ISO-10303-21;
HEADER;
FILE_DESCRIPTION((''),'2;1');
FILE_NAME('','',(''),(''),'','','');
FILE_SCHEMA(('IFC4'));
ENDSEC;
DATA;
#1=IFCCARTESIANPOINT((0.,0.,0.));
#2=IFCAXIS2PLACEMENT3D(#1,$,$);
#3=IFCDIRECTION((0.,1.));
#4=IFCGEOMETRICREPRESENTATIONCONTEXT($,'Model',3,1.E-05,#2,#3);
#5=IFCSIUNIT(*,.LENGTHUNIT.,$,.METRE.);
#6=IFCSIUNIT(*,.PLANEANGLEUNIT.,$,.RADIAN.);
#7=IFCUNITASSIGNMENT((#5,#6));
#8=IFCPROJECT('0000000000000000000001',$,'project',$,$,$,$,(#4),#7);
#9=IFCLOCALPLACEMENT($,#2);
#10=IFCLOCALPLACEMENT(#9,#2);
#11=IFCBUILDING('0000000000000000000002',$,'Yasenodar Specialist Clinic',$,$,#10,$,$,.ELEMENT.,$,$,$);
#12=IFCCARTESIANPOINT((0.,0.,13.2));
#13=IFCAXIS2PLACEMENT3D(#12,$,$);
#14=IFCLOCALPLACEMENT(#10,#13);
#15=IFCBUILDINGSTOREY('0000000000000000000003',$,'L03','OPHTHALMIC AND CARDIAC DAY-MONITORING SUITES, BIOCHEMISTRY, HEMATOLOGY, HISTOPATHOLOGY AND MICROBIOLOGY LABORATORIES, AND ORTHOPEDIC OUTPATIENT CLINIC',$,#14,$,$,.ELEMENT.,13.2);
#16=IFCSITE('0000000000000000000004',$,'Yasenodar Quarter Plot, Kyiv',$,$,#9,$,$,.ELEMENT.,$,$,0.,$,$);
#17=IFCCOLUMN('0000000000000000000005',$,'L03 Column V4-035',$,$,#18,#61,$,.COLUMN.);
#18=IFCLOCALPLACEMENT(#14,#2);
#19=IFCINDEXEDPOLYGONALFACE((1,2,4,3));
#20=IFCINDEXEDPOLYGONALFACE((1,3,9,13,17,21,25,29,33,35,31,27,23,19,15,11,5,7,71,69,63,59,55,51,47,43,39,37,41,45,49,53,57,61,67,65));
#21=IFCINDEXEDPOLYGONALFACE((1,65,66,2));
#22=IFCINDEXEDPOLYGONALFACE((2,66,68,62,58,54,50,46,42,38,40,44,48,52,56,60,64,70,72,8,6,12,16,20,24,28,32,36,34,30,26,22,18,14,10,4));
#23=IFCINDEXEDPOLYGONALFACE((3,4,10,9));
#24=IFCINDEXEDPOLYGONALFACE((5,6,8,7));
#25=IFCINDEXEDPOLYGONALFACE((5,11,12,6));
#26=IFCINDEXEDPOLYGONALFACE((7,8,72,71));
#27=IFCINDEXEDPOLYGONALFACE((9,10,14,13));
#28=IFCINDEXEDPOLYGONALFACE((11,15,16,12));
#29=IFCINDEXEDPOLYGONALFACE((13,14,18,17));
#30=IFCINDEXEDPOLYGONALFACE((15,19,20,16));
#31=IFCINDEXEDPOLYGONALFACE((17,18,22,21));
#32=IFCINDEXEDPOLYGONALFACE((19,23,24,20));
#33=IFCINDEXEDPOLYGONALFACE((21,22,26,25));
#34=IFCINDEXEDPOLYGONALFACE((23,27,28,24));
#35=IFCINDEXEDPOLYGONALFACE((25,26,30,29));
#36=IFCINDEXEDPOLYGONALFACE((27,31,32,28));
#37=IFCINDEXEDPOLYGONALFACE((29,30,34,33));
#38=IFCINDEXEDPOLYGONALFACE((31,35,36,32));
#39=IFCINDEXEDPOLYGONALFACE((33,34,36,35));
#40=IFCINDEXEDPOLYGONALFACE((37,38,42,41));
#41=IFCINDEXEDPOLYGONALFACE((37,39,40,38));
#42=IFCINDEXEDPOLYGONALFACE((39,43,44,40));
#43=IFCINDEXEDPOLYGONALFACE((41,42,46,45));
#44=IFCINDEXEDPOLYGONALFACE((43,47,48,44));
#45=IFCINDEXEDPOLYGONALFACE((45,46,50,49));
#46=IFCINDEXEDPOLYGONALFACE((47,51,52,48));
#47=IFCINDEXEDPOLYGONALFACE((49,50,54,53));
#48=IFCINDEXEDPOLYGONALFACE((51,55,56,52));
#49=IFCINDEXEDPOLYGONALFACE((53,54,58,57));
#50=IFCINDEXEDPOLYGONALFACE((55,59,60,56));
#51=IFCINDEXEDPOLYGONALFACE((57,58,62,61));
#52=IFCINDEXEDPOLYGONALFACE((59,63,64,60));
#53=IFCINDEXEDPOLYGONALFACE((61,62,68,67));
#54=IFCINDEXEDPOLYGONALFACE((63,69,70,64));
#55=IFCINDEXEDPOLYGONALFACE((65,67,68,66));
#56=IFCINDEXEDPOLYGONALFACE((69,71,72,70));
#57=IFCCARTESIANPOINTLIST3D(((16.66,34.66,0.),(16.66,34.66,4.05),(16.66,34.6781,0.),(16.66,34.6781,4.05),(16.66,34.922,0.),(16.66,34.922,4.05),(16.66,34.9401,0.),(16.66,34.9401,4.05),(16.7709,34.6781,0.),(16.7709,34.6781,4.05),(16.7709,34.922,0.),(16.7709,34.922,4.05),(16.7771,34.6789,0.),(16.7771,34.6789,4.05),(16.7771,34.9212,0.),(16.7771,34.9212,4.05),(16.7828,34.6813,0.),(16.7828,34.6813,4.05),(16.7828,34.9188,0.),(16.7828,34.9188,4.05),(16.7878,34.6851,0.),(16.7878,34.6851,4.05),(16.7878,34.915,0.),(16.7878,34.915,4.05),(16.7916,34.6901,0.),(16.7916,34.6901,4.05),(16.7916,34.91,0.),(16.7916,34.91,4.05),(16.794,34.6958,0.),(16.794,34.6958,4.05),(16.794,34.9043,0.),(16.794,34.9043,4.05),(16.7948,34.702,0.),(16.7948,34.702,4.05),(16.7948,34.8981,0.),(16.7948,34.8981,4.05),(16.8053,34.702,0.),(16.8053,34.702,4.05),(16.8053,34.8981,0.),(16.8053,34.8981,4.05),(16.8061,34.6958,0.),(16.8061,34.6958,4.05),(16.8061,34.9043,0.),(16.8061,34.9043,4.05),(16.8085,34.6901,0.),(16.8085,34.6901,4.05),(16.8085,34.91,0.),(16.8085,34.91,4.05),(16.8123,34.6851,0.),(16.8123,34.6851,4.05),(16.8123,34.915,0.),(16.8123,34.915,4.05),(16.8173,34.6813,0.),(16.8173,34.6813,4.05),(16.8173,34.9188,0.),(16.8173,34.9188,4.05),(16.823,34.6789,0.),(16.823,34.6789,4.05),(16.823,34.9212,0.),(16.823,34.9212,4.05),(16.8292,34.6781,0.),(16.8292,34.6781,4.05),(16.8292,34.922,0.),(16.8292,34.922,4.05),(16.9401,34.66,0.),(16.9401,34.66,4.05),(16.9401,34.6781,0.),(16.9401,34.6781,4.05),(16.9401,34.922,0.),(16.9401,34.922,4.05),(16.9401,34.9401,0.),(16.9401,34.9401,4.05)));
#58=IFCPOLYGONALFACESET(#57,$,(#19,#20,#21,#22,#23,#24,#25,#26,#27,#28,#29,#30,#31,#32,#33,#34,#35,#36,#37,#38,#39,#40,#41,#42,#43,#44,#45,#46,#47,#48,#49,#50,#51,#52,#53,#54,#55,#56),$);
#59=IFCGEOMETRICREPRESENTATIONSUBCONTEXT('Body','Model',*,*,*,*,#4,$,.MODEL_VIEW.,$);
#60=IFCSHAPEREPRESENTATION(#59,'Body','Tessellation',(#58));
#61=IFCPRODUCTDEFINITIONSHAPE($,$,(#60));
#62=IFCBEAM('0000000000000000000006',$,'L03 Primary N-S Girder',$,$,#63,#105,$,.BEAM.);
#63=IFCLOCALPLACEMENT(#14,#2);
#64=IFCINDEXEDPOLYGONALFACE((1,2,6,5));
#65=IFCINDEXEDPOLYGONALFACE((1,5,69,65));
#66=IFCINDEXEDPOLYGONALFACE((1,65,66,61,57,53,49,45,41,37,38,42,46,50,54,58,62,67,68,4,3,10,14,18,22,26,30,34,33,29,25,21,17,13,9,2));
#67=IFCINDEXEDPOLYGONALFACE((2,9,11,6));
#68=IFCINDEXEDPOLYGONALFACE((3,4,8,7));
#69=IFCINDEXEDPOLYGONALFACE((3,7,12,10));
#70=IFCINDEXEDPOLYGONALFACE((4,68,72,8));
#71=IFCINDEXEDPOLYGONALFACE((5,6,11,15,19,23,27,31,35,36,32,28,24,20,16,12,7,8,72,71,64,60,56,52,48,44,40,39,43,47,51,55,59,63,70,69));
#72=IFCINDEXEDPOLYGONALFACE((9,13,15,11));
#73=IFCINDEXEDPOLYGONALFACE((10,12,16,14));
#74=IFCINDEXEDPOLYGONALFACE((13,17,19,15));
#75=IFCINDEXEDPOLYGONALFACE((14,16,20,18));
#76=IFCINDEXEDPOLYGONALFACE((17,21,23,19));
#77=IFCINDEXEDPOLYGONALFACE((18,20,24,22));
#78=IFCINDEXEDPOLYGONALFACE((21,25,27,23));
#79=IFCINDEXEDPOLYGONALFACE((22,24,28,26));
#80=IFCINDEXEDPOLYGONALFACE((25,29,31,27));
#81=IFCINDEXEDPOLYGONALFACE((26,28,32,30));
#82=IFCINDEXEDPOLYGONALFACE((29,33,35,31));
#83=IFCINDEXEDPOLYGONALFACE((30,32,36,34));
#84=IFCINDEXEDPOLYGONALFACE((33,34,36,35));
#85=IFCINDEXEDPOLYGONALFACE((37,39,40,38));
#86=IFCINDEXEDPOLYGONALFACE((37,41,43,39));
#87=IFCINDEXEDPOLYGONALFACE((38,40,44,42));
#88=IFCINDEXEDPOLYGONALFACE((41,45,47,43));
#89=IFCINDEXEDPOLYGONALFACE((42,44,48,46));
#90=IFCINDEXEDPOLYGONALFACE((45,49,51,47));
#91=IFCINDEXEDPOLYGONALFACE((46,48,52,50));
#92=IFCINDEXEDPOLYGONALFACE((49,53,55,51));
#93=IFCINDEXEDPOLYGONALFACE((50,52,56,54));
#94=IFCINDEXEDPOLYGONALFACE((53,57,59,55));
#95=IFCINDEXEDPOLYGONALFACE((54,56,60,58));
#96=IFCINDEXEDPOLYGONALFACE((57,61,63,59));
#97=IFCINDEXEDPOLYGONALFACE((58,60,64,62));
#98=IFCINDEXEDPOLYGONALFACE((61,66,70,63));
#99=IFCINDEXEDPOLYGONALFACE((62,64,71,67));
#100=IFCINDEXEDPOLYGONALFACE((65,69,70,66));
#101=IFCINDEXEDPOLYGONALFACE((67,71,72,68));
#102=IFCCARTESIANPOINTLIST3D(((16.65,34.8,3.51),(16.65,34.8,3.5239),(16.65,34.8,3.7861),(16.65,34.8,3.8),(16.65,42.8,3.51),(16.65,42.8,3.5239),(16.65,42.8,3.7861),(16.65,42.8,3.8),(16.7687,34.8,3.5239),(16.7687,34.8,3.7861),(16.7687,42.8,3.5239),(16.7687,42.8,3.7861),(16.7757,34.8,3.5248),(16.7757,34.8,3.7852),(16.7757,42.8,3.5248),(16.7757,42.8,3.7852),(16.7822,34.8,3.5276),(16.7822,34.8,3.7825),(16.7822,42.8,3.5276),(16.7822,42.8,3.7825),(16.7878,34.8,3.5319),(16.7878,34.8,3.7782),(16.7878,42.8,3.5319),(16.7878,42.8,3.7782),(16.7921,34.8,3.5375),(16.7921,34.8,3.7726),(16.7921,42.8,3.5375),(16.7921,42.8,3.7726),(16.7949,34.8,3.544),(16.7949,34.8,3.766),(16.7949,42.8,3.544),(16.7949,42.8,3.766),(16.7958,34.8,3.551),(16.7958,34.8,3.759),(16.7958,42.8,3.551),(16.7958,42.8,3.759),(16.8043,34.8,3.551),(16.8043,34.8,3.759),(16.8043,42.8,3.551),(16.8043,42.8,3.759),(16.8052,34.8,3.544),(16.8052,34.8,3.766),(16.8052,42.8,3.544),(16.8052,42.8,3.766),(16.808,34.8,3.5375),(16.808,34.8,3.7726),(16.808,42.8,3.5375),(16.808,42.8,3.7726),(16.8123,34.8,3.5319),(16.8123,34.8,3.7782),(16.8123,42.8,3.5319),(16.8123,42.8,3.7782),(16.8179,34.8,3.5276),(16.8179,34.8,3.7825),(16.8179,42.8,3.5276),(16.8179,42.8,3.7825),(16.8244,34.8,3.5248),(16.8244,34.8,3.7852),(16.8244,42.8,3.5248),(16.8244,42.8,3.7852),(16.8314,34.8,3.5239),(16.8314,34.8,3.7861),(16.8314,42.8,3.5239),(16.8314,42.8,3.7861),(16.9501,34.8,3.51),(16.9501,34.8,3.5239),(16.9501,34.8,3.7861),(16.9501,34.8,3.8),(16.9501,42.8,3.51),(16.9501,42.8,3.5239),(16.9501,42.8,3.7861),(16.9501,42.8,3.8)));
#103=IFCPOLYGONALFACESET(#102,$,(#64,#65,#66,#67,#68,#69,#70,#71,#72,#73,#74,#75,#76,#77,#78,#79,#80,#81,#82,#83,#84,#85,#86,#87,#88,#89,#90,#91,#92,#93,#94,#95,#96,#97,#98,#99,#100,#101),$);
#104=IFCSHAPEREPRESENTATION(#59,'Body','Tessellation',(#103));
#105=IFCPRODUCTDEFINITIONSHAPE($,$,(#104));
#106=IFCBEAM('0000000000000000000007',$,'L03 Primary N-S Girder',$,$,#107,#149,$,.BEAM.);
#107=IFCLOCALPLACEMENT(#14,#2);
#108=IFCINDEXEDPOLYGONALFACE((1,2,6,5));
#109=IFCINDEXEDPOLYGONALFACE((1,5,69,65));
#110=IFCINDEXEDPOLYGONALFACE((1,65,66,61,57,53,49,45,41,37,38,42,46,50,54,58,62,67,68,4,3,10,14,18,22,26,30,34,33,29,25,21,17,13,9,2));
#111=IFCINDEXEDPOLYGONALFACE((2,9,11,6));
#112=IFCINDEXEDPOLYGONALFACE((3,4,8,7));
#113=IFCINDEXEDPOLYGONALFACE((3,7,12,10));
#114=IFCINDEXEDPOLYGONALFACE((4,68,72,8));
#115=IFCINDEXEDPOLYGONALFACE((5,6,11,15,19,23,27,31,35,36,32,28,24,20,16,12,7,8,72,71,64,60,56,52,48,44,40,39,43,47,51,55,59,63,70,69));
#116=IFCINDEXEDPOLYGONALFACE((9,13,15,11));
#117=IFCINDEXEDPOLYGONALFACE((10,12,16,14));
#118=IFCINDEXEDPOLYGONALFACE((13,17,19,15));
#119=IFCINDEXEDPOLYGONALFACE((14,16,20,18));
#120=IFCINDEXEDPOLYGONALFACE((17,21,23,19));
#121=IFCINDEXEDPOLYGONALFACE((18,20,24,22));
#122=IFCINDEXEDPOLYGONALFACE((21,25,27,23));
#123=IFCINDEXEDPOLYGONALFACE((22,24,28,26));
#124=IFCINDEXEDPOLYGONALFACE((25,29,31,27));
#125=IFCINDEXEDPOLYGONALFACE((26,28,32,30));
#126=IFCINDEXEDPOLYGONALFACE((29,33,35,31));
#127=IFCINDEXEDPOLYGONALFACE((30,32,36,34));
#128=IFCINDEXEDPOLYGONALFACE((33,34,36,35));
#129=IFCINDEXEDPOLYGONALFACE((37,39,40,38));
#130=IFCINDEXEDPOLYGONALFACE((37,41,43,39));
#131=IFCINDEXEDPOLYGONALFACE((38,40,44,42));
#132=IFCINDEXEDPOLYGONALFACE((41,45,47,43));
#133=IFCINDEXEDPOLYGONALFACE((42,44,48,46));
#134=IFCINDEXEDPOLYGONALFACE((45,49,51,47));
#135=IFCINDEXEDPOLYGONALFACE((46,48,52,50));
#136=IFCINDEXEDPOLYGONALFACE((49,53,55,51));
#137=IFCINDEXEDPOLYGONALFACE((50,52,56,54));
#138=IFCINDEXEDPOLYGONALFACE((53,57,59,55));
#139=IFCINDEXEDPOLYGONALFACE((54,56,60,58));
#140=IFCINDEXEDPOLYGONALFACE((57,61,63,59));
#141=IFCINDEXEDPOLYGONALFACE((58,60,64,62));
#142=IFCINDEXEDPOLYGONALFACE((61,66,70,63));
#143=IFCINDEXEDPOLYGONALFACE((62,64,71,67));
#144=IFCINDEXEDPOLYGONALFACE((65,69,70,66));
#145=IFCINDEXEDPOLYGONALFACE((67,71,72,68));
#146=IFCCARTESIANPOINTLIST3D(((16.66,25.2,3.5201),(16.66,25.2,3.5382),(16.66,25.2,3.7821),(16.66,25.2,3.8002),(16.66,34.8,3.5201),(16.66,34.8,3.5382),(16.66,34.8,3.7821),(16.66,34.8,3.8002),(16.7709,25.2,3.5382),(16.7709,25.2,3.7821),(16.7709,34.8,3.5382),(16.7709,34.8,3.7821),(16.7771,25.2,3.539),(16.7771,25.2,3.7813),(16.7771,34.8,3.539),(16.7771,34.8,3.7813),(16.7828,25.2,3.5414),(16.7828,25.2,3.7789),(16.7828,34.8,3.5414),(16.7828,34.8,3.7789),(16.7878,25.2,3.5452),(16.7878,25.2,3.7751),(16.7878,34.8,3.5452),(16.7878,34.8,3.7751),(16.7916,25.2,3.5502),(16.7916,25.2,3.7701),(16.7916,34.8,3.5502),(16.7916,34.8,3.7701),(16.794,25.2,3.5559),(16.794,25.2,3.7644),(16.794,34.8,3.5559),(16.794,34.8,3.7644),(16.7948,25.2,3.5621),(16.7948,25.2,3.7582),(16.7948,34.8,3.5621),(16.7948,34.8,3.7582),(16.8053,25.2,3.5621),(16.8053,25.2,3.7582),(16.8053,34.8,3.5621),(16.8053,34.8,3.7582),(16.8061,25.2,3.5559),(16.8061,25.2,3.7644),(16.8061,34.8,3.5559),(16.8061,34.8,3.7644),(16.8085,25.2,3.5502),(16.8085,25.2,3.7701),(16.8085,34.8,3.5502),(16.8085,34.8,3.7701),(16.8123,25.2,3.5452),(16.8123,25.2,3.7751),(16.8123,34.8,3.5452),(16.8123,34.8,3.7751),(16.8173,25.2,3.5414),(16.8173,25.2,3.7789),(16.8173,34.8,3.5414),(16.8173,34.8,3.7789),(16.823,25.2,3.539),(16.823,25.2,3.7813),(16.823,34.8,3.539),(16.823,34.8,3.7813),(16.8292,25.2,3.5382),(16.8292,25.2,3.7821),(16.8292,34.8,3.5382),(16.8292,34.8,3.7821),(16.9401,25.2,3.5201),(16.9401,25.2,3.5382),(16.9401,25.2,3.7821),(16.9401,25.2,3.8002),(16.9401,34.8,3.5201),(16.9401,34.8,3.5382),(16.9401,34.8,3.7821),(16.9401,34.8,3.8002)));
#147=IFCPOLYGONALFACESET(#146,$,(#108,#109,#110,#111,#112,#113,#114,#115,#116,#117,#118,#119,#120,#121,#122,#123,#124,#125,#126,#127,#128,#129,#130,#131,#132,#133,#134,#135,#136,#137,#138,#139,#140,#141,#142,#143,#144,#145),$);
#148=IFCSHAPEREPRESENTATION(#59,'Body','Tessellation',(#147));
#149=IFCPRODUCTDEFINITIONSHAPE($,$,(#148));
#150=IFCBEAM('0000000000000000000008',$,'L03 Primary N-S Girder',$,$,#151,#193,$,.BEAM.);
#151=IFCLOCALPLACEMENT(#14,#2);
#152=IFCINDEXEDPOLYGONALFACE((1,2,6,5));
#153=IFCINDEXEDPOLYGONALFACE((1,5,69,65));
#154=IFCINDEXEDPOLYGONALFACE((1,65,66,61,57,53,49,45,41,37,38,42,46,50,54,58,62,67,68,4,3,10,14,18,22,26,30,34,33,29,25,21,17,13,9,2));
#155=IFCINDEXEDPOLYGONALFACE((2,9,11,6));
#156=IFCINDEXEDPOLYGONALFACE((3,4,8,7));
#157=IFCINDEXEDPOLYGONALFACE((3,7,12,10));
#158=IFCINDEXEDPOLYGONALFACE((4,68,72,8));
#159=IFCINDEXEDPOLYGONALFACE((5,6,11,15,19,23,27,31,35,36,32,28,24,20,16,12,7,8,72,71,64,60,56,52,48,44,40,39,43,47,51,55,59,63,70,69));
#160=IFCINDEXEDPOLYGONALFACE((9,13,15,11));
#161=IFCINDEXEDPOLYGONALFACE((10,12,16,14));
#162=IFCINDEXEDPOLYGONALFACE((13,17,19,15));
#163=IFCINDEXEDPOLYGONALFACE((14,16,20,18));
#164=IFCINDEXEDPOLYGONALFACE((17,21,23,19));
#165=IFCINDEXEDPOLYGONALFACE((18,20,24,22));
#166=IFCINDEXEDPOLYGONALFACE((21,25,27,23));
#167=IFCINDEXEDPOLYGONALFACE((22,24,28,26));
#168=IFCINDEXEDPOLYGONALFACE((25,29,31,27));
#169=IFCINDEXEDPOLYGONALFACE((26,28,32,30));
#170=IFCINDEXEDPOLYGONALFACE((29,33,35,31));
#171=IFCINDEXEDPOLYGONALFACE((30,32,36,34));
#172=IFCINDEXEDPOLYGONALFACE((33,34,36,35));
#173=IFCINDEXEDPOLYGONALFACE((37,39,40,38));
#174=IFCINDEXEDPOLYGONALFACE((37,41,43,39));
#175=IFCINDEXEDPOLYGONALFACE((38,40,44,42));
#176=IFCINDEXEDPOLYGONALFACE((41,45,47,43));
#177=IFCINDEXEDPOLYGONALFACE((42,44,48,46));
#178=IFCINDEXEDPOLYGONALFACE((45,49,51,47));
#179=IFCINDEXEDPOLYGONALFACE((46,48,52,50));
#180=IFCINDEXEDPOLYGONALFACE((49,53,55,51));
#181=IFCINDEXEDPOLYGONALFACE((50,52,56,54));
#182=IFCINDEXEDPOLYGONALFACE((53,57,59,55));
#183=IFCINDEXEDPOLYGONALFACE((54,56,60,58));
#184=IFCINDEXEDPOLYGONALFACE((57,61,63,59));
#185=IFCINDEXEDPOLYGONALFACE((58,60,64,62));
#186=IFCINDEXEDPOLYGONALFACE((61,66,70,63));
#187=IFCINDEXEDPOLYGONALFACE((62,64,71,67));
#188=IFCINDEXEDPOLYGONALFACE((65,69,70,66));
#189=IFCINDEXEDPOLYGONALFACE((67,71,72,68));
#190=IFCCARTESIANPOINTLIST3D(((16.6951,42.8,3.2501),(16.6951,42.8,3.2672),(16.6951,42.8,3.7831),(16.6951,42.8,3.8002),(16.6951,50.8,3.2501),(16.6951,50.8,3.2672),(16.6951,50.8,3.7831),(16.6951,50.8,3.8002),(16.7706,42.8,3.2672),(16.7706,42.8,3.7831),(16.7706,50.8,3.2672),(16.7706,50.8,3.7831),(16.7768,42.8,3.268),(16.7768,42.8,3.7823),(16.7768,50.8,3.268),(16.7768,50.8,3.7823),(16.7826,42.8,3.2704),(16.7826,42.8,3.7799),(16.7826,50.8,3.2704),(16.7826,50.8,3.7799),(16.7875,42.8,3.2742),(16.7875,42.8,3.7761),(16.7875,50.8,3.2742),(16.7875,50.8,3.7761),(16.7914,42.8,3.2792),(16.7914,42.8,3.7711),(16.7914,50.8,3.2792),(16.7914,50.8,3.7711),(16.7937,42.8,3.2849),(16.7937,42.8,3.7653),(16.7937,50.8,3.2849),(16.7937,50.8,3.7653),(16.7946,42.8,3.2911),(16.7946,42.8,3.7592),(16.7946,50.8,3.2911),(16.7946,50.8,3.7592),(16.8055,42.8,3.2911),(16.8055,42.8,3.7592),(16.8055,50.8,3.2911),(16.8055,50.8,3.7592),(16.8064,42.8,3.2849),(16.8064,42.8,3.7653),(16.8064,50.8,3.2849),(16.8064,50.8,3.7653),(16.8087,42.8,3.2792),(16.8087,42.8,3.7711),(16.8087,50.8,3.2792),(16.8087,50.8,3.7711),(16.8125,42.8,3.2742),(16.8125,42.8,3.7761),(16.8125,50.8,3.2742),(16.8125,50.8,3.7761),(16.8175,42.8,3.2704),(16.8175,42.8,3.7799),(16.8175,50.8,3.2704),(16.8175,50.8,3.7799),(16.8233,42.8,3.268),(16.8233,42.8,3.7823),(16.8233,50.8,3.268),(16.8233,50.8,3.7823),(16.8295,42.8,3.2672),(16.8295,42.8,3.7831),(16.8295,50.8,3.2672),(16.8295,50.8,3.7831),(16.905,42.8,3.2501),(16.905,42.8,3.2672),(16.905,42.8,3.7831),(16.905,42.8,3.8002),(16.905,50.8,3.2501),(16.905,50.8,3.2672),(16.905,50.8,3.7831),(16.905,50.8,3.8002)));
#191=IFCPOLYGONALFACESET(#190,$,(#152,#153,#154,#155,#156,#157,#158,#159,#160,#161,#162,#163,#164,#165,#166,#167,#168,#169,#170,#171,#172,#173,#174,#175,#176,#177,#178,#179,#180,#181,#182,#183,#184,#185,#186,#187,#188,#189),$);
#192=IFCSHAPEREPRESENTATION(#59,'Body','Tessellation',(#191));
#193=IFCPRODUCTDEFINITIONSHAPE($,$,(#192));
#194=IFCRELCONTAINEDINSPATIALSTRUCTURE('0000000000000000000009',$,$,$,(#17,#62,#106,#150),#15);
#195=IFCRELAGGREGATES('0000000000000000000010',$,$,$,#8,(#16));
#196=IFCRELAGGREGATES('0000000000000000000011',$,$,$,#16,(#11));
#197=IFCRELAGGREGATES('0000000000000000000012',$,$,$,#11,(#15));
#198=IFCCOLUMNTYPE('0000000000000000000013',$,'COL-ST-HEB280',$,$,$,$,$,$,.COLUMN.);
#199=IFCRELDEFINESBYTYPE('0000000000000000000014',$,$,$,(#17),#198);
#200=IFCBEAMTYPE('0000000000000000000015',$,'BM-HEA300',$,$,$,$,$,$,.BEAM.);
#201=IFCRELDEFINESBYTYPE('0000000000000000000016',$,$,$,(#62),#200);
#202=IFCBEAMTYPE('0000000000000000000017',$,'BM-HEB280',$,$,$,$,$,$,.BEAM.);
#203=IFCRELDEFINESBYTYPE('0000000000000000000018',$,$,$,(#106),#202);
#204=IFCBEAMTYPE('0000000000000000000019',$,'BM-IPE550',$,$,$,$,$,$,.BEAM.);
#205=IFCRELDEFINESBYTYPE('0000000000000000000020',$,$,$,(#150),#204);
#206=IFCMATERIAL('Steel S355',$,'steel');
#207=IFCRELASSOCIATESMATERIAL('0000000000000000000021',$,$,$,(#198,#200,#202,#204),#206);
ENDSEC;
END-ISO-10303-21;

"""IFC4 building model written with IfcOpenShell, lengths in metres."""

from ifc_helpers import new_model, si_unit, direction, frame, origin, origin_2d, place, context, subcontext, project, spatial, i_section, extrude, material, material_profile, profile_set, type_object, element, save


model = new_model("IFC4")

# Units and contexts
model_context = context("Model", 3, precision=1e-05, world=origin(), true_north=direction((0.0, 1.0)))
body_context = subcontext(model_context, "Body", "Model", "MODEL_VIEW")
ifc_project = project(units=[si_unit("LENGTHUNIT", "METRE"), si_unit("PLANEANGLEUNIT", "RADIAN")], contexts=[model_context])

# Site, building, storey
site_placement = place(None, origin())
site = spatial("IfcSite", under=ifc_project, at=site_placement, Name="Yasenodar Quarter Plot, Kyiv", CompositionType="ELEMENT", RefElevation=0.0)
building_placement = place(site_placement, origin())
building = spatial("IfcBuilding", under=site, at=building_placement, Name="Yasenodar Specialist Clinic", CompositionType="ELEMENT")
storey_placement = place(building_placement, frame((0.0, 0.0, 13.2)))
storey = spatial("IfcBuildingStorey", under=building, at=storey_placement, Name="L03", Description="OPHTHALMIC AND CARDIAC DAY-MONITORING SUITES, BIOCHEMISTRY, HEMATOLOGY, HISTOPATHOLOGY AND MICROBIOLOGY LABORATORIES, AND ORTHOPEDIC OUTPATIENT CLINIC", CompositionType="ELEMENT", Elevation=13.2)

# Column
ifc_material_1 = material(Name="Steel S355", Category="steel")
ifc_material_profile_1 = material_profile(ifc_material_1, i_section(OverallWidth=0.28, OverallDepth=0.28, WebThickness=0.0105, FlangeThickness=0.0181, FilletRadius=0.0239, at=origin_2d()), Name="HEB 280")
ifc_profile_set_1 = profile_set([ifc_material_profile_1], Name="Steel S355")
column_type_1 = type_object("IfcColumnType", Name="COL-ST-HEB280", PredefinedType="COLUMN", material=ifc_profile_set_1)
column_1_placement = place(storey_placement, frame((16.8, 34.8, 0.0), z_axis=(0.0, 0.0, 1.0), x_axis=(1.0, 0.0, 0.0)))
element("IfcColumn", 1, at=column_1_placement, inside=storey, type_object=column_type_1, Name="L03 Column V4-035", PredefinedType="COLUMN", context=body_context, shape_type="SweptSolid", body=[
    extrude(i_section(OverallWidth=0.28, OverallDepth=0.28, WebThickness=0.0105, FlangeThickness=0.0181, FilletRadius=0.0239, at=origin_2d()), origin(), (0.0, 0.0, 1.0), 4.05),
])

# Beams
ifc_material_profile_2 = material_profile(ifc_material_1, i_section(OverallWidth=0.3, OverallDepth=0.29, WebThickness=0.0085, FlangeThickness=0.0139, FilletRadius=0.0271, at=origin_2d()), Name="HEA 300")
ifc_profile_set_2 = profile_set([ifc_material_profile_2], Name="Steel S355")
beam_type_1 = type_object("IfcBeamType", Name="BM-HEA300", PredefinedType="BEAM", material=ifc_profile_set_2)
beam_1_placement = place(storey_placement, frame((16.8, 34.8, 3.655), z_axis=(0.0, 1.0, 0.0), x_axis=(-1.0, 0.0, 0.0)))
element("IfcBeam", 2, at=beam_1_placement, inside=storey, type_object=beam_type_1, Name="L03 Primary N-S Girder", PredefinedType="BEAM", context=body_context, shape_type="SweptSolid", body=[
    extrude(i_section(OverallWidth=0.3, OverallDepth=0.29, WebThickness=0.0085, FlangeThickness=0.0139, FilletRadius=0.0271, at=origin_2d()), origin(), (0.0, 0.0, 1.0), 8.0),
])
ifc_material_profile_3 = material_profile(ifc_material_1, i_section(OverallWidth=0.28, OverallDepth=0.28, WebThickness=0.0105, FlangeThickness=0.0181, FilletRadius=0.0239, at=origin_2d()), Name="HEB 280")
ifc_profile_set_3 = profile_set([ifc_material_profile_3], Name="Steel S355")
beam_type_2 = type_object("IfcBeamType", Name="BM-HEB280", PredefinedType="BEAM", material=ifc_profile_set_3)
beam_2_placement = place(storey_placement, frame((16.8, 25.2, 3.6602), z_axis=(0.0, 1.0, 0.0), x_axis=(-1.0, 0.0, 0.0)))
element("IfcBeam", 3, at=beam_2_placement, inside=storey, type_object=beam_type_2, Name="L03 Primary N-S Girder", PredefinedType="BEAM", context=body_context, shape_type="SweptSolid", body=[
    extrude(i_section(OverallWidth=0.28, OverallDepth=0.28, WebThickness=0.0105, FlangeThickness=0.0181, FilletRadius=0.0239, at=origin_2d()), origin(), (0.0, 0.0, 1.0), 9.6001),
])
ifc_material_profile_4 = material_profile(ifc_material_1, i_section(OverallWidth=0.21, OverallDepth=0.55, WebThickness=0.011, FlangeThickness=0.0171, FilletRadius=0.0239, at=origin_2d()), Name="IPE 550")
ifc_profile_set_4 = profile_set([ifc_material_profile_4], Name="Steel S355")
beam_type_3 = type_object("IfcBeamType", Name="BM-IPE550", PredefinedType="BEAM", material=ifc_profile_set_4)
beam_3_placement = place(storey_placement, frame((16.8, 42.8, 3.5251), z_axis=(0.0, 1.0, 0.0), x_axis=(-1.0, 0.0, 0.0)))
element("IfcBeam", 4, at=beam_3_placement, inside=storey, type_object=beam_type_3, Name="L03 Primary N-S Girder", PredefinedType="BEAM", context=body_context, shape_type="SweptSolid", body=[
    extrude(i_section(OverallWidth=0.21, OverallDepth=0.55, WebThickness=0.011, FlangeThickness=0.0171, FilletRadius=0.0239, at=origin_2d()), origin(), (0.0, 0.0, 1.0), 8.0),
])

save(model, "model.ifc")
